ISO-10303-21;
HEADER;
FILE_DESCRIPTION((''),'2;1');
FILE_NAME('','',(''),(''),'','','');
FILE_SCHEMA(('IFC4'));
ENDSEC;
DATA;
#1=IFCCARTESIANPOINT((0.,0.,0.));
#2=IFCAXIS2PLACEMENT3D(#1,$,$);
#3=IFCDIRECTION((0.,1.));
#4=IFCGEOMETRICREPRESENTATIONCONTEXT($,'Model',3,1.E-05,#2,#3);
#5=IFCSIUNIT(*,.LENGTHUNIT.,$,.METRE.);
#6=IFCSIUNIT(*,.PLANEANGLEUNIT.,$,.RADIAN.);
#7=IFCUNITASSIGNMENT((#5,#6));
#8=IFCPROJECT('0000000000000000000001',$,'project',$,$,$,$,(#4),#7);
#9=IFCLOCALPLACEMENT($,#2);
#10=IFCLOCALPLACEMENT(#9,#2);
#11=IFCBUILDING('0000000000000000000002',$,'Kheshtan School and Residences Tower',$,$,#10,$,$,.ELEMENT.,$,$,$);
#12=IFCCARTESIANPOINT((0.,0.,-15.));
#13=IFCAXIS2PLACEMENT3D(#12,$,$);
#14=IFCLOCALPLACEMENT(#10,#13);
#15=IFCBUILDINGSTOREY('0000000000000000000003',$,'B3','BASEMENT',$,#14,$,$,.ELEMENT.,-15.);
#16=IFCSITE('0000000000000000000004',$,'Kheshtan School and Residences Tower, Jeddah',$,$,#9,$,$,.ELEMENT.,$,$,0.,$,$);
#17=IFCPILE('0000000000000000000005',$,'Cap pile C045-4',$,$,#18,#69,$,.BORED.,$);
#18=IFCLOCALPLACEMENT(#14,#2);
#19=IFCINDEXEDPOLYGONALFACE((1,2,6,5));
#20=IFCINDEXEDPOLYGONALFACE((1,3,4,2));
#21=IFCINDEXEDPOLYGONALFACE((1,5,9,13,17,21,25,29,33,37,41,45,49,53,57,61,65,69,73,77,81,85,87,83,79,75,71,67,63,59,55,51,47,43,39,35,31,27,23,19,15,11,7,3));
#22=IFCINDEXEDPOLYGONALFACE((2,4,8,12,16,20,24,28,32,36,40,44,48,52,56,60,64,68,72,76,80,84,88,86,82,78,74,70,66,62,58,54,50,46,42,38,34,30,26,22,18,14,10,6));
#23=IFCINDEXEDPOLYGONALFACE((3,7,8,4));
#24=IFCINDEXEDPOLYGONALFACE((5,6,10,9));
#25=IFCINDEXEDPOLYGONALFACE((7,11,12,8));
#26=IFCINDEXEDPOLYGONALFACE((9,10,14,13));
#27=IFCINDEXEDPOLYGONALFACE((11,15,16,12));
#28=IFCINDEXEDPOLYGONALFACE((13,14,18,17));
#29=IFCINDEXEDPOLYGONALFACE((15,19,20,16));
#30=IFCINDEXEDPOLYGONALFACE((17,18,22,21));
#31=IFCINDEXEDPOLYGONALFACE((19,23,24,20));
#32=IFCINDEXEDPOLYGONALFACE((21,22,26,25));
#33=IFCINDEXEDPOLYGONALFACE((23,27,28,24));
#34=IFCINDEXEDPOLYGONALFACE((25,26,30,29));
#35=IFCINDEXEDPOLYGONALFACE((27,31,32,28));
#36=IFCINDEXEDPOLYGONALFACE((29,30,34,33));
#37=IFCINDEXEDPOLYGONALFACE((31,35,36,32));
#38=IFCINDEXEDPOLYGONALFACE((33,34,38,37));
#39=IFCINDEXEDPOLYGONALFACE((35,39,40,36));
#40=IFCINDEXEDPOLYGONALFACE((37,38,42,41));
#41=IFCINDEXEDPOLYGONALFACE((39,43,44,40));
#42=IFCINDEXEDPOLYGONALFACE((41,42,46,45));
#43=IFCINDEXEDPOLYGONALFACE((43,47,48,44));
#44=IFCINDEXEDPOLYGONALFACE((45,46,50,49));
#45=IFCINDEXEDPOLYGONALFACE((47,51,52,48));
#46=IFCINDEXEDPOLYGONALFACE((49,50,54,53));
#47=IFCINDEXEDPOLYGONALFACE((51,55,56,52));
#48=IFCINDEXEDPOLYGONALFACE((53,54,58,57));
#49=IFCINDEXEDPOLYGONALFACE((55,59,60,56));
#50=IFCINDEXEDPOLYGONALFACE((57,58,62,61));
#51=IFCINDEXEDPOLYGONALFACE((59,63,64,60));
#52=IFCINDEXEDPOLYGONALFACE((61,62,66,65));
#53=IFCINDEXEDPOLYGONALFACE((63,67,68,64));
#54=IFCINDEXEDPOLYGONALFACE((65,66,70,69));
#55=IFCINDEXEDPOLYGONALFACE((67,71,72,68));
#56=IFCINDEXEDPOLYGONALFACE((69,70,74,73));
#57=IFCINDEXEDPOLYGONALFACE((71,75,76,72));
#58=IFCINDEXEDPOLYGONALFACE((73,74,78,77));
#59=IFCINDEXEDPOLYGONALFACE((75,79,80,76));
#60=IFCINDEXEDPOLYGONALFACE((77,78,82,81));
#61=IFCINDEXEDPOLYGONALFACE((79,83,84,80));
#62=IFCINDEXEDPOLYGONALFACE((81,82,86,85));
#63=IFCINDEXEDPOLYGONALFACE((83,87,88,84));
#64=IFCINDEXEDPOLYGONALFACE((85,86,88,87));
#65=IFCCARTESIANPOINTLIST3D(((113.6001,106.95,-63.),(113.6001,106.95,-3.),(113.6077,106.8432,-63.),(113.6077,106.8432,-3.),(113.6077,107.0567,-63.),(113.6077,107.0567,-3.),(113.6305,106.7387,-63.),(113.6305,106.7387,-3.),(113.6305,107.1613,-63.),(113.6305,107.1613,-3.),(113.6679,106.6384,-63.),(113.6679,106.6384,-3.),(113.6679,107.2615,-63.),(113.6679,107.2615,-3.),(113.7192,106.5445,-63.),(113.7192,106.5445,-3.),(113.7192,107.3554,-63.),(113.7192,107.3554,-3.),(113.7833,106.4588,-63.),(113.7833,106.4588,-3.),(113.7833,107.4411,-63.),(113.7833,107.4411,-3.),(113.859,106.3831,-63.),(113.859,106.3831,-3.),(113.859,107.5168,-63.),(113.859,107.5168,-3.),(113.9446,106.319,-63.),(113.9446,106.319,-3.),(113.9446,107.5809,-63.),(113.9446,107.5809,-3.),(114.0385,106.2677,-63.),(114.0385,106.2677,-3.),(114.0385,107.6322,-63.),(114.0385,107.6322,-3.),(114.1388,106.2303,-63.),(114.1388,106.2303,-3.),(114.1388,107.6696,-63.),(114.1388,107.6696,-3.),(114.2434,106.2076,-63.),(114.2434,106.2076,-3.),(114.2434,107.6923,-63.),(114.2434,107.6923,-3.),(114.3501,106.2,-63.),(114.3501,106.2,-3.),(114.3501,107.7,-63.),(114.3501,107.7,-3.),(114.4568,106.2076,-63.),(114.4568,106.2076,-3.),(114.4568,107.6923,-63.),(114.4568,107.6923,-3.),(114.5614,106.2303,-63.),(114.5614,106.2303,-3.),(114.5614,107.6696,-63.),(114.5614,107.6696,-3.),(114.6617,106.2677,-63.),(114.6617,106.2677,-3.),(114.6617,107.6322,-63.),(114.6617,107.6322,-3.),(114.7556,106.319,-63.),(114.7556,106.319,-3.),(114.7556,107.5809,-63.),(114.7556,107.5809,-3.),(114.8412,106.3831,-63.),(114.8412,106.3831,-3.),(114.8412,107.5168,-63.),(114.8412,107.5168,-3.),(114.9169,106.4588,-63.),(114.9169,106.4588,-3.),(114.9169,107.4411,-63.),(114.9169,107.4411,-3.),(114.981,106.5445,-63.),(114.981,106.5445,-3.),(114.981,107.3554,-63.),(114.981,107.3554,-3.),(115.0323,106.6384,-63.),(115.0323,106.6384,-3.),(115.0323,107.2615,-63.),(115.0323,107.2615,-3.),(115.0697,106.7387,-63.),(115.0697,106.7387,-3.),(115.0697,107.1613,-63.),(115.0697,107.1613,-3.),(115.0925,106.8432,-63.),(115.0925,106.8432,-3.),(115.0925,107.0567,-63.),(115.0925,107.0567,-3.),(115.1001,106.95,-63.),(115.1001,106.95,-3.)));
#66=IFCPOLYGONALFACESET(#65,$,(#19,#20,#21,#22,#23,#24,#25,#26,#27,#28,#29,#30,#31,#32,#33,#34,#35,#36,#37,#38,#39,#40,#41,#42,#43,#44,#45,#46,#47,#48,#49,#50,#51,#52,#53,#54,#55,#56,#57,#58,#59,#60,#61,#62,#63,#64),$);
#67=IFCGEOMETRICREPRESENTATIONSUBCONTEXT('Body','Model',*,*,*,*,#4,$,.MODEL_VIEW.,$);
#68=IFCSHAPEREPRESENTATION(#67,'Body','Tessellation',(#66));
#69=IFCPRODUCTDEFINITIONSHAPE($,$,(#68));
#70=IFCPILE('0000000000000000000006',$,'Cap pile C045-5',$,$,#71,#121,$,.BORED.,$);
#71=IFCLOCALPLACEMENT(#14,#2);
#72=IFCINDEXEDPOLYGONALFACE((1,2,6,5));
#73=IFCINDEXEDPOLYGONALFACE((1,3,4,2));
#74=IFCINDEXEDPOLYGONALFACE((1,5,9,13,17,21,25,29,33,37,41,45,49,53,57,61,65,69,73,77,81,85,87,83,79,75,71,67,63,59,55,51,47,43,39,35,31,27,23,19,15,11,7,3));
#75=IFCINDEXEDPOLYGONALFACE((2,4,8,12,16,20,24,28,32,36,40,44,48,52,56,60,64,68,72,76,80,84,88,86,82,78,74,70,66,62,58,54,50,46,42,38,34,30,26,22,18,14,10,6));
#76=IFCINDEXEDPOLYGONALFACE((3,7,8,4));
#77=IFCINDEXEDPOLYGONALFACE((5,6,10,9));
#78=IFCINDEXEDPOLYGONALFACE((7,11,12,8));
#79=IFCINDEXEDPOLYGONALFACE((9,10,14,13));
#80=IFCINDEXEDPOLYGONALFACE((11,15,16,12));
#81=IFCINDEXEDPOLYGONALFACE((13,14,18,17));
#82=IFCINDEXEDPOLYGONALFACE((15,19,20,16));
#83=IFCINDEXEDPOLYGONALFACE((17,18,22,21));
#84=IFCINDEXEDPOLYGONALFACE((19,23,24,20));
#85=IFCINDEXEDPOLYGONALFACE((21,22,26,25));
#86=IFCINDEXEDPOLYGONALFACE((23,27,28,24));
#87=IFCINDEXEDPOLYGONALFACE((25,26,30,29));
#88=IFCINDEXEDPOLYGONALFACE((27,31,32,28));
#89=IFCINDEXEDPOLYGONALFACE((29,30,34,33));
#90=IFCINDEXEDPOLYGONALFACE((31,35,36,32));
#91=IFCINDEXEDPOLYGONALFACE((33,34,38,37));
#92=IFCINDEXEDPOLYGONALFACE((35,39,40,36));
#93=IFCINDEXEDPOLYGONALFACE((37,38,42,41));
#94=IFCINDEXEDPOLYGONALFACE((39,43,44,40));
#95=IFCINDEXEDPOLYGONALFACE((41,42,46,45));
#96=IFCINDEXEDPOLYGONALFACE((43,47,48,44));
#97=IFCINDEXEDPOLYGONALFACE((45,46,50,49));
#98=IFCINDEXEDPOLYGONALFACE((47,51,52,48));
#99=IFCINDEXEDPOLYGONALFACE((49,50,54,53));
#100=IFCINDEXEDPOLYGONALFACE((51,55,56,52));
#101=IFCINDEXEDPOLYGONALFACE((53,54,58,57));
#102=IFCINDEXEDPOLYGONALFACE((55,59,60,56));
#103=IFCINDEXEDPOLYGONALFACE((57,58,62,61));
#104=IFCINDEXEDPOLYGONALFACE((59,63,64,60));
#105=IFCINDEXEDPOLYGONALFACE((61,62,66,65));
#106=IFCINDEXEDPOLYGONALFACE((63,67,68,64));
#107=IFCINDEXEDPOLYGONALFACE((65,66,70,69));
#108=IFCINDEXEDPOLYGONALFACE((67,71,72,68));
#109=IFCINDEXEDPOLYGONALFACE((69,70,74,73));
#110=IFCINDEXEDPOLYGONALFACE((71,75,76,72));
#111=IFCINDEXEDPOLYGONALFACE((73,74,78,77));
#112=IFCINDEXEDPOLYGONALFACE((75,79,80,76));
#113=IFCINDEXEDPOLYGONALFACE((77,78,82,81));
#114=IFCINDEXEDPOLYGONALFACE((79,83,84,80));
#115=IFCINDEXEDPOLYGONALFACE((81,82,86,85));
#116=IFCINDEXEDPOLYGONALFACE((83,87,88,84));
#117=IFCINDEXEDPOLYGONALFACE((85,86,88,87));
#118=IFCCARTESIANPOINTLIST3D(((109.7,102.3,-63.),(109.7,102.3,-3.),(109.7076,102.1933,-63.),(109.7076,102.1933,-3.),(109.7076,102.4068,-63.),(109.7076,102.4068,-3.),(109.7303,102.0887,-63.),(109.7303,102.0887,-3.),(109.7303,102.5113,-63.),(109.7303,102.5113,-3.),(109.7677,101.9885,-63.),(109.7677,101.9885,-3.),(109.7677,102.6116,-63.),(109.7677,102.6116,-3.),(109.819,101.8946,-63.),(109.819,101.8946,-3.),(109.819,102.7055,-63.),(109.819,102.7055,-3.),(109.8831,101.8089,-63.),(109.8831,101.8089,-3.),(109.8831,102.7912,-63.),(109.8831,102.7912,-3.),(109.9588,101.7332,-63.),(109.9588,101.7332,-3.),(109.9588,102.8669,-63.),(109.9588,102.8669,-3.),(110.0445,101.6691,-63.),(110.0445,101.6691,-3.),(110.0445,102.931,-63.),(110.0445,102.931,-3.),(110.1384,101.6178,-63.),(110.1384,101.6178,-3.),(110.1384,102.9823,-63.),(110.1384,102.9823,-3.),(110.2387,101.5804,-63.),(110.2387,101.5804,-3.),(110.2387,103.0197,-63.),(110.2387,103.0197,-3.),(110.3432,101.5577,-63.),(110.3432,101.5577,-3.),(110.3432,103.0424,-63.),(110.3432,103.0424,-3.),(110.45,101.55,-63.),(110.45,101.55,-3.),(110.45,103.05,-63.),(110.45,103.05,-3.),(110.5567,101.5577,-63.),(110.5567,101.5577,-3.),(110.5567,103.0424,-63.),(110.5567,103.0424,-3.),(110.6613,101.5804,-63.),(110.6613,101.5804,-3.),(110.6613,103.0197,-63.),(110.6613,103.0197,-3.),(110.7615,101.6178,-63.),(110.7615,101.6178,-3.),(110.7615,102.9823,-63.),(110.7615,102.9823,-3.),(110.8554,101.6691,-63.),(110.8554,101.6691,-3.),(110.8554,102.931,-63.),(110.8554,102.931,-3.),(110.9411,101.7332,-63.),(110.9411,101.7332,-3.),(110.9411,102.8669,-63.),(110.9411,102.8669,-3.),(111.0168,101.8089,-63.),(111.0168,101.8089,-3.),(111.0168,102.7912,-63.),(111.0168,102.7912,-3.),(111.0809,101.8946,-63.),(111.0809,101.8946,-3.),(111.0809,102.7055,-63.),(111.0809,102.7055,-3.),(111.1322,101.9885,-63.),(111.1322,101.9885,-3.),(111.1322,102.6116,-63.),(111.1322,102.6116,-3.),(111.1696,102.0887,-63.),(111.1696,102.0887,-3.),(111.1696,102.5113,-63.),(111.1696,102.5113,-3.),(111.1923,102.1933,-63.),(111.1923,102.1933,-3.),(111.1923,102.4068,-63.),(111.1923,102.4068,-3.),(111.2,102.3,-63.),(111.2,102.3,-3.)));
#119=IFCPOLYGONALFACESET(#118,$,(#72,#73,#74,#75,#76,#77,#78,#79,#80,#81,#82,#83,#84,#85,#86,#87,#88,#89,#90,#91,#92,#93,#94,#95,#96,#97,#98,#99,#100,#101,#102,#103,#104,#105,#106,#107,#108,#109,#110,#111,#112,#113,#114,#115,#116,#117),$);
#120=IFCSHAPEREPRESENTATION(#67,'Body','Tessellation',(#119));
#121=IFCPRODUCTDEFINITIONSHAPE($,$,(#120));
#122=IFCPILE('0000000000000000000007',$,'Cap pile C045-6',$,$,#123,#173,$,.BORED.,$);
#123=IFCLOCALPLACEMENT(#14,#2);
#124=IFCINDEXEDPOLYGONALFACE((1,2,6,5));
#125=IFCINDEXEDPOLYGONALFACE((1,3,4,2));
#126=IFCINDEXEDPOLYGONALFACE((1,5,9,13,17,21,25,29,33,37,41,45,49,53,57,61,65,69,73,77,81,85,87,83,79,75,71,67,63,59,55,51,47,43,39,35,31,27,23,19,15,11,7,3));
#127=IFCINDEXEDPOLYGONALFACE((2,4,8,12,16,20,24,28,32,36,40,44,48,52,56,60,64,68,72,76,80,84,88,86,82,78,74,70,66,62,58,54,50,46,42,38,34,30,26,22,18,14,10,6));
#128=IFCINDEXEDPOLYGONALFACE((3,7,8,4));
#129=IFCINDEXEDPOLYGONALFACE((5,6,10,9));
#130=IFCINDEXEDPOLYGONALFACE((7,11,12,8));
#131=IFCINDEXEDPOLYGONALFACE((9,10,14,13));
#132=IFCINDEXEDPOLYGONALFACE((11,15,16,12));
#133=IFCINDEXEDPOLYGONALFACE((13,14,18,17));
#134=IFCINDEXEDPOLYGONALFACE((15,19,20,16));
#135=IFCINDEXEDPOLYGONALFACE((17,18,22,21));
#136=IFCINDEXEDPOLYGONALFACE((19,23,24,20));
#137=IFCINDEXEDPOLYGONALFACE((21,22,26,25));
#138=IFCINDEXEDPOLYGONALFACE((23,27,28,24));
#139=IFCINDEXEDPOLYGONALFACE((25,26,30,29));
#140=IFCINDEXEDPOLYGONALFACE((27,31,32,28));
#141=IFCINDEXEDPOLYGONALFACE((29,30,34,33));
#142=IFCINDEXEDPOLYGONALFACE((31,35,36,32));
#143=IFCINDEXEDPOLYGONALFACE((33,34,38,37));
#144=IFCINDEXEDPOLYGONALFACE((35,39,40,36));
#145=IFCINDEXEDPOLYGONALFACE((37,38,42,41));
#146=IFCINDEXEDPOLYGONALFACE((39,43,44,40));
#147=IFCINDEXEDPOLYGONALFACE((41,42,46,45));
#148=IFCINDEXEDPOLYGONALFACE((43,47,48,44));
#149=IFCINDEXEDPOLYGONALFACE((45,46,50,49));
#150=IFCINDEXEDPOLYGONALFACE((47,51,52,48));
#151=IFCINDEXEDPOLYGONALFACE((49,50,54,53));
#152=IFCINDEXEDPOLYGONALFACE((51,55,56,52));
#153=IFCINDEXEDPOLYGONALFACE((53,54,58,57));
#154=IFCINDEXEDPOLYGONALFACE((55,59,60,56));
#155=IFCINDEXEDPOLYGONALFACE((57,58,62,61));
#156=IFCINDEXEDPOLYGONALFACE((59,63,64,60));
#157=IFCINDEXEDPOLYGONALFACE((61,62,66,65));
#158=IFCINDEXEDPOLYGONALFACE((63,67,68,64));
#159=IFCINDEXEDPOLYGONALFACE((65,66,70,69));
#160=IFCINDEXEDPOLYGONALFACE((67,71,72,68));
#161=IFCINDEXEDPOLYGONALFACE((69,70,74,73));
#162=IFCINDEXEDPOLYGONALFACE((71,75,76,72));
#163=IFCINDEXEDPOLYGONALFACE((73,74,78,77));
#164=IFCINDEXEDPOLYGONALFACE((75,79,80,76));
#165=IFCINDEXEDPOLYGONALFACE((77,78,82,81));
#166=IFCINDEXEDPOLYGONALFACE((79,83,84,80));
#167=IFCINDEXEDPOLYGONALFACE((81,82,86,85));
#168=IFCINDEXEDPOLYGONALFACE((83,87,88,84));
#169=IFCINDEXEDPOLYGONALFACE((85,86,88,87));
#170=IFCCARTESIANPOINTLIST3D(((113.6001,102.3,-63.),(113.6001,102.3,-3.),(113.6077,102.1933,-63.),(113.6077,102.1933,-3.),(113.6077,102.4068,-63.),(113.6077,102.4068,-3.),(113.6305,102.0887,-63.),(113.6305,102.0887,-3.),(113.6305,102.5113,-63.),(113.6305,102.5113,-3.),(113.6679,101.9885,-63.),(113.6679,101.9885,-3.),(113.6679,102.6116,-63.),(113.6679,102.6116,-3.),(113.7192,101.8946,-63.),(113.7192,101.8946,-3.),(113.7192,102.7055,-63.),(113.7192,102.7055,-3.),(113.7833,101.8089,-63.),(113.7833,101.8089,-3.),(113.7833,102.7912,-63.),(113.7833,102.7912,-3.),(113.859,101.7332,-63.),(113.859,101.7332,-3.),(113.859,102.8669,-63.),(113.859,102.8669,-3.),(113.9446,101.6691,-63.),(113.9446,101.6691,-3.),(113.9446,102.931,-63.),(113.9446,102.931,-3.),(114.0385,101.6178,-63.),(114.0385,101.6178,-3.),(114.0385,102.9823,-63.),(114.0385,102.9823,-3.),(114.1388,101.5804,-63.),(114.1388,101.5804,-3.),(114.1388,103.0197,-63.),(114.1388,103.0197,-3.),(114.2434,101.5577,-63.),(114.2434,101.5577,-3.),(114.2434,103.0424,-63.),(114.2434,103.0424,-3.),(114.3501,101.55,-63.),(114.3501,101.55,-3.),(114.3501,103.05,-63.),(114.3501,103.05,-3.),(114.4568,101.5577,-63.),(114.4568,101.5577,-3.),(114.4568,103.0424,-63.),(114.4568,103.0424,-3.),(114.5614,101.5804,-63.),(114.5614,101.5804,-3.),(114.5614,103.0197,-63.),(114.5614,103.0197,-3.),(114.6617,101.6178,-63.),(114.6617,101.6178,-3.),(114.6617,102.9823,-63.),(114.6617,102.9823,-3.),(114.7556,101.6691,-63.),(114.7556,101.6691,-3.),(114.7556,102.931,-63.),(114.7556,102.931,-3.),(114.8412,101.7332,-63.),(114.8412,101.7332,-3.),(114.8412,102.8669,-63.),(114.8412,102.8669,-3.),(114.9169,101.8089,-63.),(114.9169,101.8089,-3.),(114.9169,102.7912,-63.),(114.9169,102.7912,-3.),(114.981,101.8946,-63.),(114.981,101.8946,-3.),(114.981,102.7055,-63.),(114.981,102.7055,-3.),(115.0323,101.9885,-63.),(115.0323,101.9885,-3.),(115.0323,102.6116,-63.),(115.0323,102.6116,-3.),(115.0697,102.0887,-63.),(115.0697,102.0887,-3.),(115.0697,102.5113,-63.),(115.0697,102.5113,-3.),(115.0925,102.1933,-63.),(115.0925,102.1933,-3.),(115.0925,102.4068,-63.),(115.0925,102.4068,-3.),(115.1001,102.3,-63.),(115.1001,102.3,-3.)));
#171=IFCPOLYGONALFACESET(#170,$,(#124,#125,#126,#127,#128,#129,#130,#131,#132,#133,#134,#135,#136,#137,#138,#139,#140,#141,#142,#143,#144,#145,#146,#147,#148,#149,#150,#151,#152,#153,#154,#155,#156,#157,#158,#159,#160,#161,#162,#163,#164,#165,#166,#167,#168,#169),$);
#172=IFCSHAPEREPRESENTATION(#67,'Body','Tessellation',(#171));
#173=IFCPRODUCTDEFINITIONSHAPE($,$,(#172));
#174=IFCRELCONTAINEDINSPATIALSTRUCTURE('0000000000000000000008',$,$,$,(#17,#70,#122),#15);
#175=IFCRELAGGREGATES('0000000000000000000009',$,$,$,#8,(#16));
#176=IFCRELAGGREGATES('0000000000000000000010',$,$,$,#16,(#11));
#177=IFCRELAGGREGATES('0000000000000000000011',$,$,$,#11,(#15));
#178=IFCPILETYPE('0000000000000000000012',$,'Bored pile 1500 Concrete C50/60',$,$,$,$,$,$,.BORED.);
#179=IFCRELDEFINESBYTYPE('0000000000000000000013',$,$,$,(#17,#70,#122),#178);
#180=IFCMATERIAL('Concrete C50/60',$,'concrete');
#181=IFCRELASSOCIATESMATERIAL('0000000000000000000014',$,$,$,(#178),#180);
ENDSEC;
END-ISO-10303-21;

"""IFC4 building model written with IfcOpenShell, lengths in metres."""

from ifc_helpers import new_model, si_unit, direction, frame, origin, origin_2d, place, context, subcontext, project, spatial, circle, extrude, material, material_profile, profile_set, type_object, element, save


model = new_model("IFC4")

# Units and contexts
model_context = context("Model", 3, precision=1e-05, world=origin(), true_north=direction((0.0, 1.0)))
body_context = subcontext(model_context, "Body", "Model", "MODEL_VIEW")
ifc_project = project(units=[si_unit("LENGTHUNIT", "METRE"), si_unit("PLANEANGLEUNIT", "RADIAN")], contexts=[model_context])

# Site, building, storey
site_placement = place(None, origin())
site = spatial("IfcSite", under=ifc_project, at=site_placement, Name="Kheshtan School and Residences Tower, Jeddah", CompositionType="ELEMENT", RefElevation=0.0)
building_placement = place(site_placement, origin())
building = spatial("IfcBuilding", under=site, at=building_placement, Name="Kheshtan School and Residences Tower", CompositionType="ELEMENT")
storey_placement = place(building_placement, frame((0.0, 0.0, -15.0)))
storey = spatial("IfcBuildingStorey", under=building, at=storey_placement, Name="B3", Description="BASEMENT", CompositionType="ELEMENT", Elevation=-15.0)

# Piles
ifc_material_1 = material(Name="Concrete C50/60", Category="concrete")
ifc_material_profile_1 = material_profile(ifc_material_1, circle(Radius=0.75, at=origin_2d()), Name="BP 1500")
ifc_profile_set_1 = profile_set([ifc_material_profile_1], Name="Concrete C50/60")
pile_type = type_object("IfcPileType", Name="Bored pile 1500 Concrete C50/60", PredefinedType="BORED", material=ifc_profile_set_1)
for number, where, z_axis, x_axis, name in (
    (1, (114.3501, 106.95, -3.0), (0.0, 0.0, -1.0), (1.0, 0.0, 0.0), "Cap pile C045-4"),
    (2, (110.45, 102.3, -3.0), (0.0, 0.0, -1.0), (1.0, 0.0, 0.0), "Cap pile C045-5"),
    (3, (114.3501, 102.3, -3.0), (0.0, 0.0, -1.0), (1.0, 0.0, 0.0), "Cap pile C045-6"),
):
    element("IfcPile", number, at=place(storey_placement, frame(where, z_axis=z_axis, x_axis=x_axis)), inside=storey, type_object=pile_type, Name=name, PredefinedType="BORED", context=body_context, shape_type="SweptSolid", body=[
        extrude(circle(Radius=0.75, at=origin_2d()), origin(), (0.0, 0.0, 1.0), 60.0),
    ])

save(model, "model.ifc")
